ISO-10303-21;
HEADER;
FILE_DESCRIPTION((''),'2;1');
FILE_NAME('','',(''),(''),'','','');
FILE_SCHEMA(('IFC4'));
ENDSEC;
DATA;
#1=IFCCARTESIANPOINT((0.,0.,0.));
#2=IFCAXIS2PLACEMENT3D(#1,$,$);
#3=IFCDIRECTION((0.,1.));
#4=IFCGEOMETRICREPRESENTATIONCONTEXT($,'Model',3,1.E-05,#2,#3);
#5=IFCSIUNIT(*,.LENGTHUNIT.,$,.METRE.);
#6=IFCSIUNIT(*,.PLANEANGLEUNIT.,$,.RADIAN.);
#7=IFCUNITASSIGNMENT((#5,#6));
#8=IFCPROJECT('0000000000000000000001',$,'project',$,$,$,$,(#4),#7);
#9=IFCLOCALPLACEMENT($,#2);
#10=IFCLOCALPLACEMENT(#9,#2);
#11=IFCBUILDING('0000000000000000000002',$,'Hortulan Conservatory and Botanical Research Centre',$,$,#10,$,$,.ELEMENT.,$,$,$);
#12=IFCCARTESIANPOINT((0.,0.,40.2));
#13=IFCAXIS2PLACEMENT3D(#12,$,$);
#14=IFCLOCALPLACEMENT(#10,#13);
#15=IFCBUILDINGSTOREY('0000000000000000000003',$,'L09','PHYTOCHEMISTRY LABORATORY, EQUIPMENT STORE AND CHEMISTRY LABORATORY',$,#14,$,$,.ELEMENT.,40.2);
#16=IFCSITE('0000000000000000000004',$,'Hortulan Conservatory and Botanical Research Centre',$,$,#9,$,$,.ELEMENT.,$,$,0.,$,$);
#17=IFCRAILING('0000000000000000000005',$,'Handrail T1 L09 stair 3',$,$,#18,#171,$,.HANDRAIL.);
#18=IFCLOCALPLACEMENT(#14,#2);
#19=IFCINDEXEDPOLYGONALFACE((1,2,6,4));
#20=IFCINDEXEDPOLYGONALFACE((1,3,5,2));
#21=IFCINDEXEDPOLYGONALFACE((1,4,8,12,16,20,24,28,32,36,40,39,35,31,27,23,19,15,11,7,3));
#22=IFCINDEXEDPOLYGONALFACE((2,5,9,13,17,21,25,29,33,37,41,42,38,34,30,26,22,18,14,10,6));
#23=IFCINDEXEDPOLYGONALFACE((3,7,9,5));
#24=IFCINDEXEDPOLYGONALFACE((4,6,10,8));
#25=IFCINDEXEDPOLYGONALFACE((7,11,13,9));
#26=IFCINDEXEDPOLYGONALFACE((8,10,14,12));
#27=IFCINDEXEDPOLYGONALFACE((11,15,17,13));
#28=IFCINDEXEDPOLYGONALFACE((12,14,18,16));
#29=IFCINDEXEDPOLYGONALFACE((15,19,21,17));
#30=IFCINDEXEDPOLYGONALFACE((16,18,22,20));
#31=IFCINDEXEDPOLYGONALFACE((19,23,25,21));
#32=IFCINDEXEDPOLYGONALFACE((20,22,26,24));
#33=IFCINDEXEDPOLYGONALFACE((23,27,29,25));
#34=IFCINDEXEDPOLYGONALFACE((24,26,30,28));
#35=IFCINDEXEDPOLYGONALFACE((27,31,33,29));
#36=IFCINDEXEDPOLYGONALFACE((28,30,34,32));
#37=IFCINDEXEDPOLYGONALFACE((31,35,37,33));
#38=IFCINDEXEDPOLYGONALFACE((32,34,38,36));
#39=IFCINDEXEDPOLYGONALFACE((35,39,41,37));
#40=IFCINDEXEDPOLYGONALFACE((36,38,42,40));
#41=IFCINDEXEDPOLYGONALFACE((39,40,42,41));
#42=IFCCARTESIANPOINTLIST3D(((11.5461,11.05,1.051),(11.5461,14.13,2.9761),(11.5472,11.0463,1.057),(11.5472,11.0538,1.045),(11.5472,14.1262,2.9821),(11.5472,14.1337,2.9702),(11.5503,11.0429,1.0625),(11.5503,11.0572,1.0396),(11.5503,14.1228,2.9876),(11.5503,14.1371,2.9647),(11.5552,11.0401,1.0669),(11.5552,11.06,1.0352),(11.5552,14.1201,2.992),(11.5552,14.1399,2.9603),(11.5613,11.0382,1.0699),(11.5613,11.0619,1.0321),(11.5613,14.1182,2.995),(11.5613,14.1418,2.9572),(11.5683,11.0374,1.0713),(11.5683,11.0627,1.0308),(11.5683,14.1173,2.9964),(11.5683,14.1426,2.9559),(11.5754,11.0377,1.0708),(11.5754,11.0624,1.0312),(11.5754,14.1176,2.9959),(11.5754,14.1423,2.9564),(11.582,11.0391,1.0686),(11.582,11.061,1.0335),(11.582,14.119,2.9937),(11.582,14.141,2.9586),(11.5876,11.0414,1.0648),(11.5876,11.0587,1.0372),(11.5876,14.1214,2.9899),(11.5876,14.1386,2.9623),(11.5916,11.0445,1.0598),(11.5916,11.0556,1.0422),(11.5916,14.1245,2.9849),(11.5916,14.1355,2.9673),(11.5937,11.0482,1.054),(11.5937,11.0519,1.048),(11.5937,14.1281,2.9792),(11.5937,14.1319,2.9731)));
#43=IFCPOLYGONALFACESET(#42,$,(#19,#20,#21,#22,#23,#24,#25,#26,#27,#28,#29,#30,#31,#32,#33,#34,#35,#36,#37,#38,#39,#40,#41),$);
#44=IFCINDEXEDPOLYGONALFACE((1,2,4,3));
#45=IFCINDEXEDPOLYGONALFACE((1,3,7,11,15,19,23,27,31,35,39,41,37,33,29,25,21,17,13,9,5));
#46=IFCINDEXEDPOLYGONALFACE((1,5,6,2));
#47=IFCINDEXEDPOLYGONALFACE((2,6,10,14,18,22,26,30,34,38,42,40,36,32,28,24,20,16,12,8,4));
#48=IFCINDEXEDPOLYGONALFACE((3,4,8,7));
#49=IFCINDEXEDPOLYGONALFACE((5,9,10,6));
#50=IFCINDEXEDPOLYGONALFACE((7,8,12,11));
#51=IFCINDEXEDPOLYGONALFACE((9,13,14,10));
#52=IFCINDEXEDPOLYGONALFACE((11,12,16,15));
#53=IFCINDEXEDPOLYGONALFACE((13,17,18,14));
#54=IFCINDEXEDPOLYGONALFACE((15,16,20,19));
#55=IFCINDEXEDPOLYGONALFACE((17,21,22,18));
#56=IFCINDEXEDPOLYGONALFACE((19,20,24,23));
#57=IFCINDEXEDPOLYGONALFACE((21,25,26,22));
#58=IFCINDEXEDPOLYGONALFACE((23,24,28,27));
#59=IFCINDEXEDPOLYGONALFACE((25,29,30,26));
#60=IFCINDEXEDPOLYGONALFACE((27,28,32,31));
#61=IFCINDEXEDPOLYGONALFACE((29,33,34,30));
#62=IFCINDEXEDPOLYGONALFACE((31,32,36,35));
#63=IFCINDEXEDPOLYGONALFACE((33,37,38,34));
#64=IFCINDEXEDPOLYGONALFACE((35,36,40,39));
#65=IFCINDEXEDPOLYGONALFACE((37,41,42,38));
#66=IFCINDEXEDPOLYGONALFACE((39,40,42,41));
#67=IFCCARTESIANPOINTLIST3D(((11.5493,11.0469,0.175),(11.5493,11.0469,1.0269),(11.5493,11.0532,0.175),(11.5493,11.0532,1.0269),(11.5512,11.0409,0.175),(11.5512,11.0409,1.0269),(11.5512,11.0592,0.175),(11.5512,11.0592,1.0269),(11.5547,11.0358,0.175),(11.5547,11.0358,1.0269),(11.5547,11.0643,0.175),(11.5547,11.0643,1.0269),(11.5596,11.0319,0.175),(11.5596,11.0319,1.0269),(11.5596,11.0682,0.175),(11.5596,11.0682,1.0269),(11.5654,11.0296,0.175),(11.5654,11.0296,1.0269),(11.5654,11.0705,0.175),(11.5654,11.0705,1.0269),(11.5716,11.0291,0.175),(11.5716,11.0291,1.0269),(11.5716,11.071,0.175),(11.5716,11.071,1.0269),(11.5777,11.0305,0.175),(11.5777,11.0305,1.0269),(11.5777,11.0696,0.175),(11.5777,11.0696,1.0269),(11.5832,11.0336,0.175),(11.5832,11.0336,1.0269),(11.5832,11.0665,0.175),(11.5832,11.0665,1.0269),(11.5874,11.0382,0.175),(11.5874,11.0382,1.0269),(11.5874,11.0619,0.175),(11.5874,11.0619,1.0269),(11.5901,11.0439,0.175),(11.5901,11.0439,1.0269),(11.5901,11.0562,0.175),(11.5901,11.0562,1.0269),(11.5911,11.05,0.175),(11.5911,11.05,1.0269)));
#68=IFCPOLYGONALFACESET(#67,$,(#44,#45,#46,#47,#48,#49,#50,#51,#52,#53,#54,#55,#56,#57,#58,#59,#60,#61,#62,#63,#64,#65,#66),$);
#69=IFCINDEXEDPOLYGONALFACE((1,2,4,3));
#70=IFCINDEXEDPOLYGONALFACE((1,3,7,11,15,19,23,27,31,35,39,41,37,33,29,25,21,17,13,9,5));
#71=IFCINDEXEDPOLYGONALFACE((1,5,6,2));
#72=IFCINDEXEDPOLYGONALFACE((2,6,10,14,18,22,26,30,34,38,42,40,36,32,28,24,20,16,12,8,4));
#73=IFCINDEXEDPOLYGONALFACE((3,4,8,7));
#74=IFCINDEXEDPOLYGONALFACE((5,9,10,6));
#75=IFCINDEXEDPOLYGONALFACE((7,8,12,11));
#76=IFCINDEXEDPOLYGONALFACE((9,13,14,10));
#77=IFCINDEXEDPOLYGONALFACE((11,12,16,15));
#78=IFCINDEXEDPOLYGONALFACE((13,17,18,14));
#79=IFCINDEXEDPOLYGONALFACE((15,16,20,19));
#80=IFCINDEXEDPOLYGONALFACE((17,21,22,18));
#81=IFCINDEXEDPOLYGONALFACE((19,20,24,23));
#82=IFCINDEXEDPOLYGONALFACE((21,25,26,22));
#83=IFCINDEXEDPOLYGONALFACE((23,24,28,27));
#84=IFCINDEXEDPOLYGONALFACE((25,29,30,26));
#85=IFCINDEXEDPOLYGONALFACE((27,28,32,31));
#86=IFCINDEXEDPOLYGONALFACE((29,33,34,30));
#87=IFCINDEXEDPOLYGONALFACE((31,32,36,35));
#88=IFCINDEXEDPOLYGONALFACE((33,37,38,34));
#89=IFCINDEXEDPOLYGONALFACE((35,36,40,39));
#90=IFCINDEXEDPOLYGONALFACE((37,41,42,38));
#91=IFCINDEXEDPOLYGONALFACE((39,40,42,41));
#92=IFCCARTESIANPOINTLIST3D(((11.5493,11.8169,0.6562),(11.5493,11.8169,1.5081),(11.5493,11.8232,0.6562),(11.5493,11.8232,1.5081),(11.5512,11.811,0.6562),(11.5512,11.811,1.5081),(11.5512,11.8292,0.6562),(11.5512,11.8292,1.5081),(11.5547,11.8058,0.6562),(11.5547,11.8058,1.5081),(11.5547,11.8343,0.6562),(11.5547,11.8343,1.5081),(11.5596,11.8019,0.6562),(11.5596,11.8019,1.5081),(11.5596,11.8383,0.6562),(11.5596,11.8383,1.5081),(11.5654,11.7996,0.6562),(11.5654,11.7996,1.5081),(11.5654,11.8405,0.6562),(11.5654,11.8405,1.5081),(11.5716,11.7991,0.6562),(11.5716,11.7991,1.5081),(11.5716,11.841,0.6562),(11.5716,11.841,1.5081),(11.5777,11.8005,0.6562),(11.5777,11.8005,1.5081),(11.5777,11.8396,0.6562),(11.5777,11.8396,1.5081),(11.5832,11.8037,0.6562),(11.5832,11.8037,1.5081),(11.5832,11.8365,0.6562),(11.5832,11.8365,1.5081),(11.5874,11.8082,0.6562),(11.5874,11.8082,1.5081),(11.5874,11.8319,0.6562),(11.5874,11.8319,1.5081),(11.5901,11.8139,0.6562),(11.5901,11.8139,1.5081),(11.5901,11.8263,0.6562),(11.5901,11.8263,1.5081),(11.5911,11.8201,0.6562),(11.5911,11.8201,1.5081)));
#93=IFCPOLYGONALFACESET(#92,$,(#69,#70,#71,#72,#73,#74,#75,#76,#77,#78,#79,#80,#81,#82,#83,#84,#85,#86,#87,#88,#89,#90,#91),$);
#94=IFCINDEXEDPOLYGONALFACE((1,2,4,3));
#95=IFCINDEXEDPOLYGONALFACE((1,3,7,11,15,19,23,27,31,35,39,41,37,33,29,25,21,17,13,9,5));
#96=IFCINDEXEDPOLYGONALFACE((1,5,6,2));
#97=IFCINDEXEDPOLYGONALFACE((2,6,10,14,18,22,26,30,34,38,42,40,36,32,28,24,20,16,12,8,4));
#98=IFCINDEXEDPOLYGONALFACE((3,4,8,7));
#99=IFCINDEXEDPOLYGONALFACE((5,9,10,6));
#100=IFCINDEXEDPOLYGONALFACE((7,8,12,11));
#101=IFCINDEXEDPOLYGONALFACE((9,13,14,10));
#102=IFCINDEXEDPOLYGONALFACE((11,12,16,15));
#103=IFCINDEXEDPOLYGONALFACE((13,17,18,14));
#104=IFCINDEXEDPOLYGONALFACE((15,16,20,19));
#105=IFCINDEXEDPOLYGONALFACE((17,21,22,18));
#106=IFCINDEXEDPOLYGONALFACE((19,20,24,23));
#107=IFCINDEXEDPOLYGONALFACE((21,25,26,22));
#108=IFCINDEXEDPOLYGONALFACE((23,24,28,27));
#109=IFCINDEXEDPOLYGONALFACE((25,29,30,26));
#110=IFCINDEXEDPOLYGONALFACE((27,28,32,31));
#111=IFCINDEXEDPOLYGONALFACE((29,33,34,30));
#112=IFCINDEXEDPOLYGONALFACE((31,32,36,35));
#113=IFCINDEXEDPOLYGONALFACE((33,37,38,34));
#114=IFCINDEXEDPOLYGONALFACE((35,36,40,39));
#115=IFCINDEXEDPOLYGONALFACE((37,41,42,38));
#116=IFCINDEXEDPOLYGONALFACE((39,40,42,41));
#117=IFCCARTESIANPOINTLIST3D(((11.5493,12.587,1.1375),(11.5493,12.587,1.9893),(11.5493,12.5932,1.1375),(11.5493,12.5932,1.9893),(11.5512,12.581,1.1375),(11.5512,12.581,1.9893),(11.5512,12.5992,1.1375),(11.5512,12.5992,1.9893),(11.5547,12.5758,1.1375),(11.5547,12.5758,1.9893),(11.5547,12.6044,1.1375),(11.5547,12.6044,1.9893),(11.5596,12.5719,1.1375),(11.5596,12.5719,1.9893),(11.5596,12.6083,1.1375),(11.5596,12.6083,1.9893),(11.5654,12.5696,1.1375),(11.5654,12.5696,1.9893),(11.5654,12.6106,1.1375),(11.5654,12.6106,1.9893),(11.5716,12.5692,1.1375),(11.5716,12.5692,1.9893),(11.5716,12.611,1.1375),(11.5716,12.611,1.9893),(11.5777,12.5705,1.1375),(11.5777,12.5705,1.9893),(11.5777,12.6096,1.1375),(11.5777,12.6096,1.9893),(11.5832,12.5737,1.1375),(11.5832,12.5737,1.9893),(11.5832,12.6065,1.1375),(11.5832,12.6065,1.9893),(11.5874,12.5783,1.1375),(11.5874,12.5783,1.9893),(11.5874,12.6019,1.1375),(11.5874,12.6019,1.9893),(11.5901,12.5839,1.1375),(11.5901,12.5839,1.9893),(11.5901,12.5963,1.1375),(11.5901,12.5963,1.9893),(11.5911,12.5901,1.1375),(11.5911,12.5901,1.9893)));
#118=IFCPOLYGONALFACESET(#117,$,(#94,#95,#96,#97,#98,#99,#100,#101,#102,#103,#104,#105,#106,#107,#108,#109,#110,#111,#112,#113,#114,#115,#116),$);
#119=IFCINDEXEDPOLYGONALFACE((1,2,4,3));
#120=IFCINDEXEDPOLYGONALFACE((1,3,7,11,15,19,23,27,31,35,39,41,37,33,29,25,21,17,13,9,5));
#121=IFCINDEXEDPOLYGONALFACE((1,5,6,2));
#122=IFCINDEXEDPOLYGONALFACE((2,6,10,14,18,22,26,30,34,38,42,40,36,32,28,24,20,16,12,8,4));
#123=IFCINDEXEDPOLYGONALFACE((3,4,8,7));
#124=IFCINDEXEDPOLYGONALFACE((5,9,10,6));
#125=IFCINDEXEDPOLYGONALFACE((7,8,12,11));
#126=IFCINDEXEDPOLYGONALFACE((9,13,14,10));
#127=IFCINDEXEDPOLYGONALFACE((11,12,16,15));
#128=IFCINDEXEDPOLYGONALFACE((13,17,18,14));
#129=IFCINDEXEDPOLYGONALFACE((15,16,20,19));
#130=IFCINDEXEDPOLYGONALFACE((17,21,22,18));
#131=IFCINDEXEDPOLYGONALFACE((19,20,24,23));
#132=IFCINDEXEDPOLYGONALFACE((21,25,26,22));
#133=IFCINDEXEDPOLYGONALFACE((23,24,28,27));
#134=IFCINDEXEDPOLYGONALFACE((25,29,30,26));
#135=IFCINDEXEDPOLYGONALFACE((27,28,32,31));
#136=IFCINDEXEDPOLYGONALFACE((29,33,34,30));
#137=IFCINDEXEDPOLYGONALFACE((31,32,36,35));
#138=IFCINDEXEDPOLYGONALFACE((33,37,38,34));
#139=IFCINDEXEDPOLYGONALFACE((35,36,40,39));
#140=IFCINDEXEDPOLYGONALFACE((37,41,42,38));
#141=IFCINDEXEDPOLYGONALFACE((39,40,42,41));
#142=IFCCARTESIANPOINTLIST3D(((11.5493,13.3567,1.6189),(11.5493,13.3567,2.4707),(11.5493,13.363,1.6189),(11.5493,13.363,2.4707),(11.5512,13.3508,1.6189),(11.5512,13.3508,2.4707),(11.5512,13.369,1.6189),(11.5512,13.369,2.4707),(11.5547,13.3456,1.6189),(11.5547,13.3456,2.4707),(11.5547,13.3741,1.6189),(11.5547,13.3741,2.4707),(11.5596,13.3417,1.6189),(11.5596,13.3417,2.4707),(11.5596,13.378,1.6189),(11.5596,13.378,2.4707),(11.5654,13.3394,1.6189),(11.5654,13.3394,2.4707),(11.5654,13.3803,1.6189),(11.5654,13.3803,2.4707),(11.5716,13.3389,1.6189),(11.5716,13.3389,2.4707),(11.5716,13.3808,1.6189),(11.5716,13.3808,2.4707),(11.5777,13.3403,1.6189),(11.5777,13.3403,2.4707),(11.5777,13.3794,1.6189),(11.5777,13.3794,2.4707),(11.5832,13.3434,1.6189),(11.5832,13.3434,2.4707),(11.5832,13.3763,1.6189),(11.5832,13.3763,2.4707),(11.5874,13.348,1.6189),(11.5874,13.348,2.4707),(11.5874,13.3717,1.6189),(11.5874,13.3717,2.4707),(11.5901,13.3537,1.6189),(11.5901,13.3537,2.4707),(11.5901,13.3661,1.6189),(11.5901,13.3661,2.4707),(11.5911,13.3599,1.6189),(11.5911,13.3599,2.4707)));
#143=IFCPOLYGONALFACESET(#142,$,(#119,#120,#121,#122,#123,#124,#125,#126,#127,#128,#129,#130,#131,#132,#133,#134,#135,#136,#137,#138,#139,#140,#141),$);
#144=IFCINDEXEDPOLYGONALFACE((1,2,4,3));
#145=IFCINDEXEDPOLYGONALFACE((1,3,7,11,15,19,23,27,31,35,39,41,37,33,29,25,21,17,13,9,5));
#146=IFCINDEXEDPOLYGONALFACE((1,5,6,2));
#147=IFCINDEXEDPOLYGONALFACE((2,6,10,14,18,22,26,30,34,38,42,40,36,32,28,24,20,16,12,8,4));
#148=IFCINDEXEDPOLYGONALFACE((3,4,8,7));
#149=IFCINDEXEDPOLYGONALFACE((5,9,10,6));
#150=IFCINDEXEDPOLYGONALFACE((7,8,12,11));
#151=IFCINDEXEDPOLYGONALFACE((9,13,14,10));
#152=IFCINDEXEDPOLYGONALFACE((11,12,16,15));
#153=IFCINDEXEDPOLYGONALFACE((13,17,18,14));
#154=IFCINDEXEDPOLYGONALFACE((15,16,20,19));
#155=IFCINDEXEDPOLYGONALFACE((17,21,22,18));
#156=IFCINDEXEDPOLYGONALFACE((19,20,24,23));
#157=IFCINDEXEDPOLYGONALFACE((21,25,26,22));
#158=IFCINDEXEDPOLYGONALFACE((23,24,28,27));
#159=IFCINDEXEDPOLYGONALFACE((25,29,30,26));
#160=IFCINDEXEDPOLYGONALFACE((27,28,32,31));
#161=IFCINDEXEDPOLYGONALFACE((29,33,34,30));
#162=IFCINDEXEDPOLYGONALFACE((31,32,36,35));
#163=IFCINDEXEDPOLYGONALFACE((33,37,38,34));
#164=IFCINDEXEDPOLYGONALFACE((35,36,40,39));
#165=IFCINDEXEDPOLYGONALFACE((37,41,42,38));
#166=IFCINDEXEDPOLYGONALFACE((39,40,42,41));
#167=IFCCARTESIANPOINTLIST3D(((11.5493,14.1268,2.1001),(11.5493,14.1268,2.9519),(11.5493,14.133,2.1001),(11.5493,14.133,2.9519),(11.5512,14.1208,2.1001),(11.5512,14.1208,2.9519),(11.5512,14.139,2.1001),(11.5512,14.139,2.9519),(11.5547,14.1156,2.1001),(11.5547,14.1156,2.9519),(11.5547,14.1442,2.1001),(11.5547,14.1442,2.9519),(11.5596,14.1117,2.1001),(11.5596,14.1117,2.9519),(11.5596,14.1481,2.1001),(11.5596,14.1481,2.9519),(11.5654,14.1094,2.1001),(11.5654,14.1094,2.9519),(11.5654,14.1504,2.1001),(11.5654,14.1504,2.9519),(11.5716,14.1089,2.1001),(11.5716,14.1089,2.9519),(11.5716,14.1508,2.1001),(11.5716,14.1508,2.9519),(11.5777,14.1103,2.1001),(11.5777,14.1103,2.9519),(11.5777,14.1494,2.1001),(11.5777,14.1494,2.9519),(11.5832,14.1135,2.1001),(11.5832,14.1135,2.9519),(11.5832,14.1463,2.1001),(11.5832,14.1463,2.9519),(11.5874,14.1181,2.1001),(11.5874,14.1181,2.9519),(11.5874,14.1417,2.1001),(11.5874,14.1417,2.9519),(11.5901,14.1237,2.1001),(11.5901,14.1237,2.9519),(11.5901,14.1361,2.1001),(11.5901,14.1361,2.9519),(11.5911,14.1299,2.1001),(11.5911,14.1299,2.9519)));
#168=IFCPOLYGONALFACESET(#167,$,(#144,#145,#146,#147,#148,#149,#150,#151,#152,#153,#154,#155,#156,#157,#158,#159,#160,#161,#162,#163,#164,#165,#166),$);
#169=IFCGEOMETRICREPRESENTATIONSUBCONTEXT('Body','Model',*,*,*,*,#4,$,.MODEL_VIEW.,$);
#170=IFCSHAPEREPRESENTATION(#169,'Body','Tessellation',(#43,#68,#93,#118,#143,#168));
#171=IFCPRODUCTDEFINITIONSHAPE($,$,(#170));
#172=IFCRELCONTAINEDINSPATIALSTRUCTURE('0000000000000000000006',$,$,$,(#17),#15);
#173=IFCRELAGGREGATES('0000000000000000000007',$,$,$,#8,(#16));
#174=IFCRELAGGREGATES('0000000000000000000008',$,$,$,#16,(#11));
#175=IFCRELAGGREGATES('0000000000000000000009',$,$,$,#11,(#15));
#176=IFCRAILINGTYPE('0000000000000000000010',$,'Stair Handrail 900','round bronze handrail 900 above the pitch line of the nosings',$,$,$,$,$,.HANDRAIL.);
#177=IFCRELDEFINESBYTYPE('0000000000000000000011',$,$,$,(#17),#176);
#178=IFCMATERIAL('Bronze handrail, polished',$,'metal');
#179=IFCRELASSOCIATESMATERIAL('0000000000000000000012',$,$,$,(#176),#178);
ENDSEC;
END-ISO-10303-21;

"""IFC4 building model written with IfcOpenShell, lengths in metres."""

from ifc_helpers import new_model, si_unit, direction, frame, origin, origin_2d, place, context, subcontext, project, spatial, circle, extrude, material, type_object, element, save


model = new_model("IFC4")

# Units and contexts
model_context = context("Model", 3, precision=1e-05, world=origin(), true_north=direction((0.0, 1.0)))
body_context = subcontext(model_context, "Body", "Model", "MODEL_VIEW")
ifc_project = project(units=[si_unit("LENGTHUNIT", "METRE"), si_unit("PLANEANGLEUNIT", "RADIAN")], contexts=[model_context])

# Site, building, storey
site_placement = place(None, origin())
site = spatial("IfcSite", under=ifc_project, at=site_placement, Name="Hortulan Conservatory and Botanical Research Centre", CompositionType="ELEMENT", RefElevation=0.0)
building_placement = place(site_placement, origin())
building = spatial("IfcBuilding", under=site, at=building_placement, Name="Hortulan Conservatory and Botanical Research Centre", CompositionType="ELEMENT")
storey_placement = place(building_placement, frame((0.0, 0.0, 40.2)))
storey = spatial("IfcBuildingStorey", under=building, at=storey_placement, Name="L09", Description="PHYTOCHEMISTRY LABORATORY, EQUIPMENT STORE AND CHEMISTRY LABORATORY", CompositionType="ELEMENT", Elevation=40.2)

# Railing
ifc_material_1 = material(Name="Bronze handrail, polished", Category="metal")
railing_type_1 = type_object("IfcRailingType", Name="Stair Handrail 900", Description="round bronze handrail 900 above the pitch line of the nosings", PredefinedType="HANDRAIL", material=ifc_material_1)
railing_1_placement = place(storey_placement, frame((11.5701, 11.05, 0.175)))
element("IfcRailing", 1, at=railing_1_placement, inside=storey, type_object=railing_type_1, Name="Handrail T1 L09 stair 3", PredefinedType="HANDRAIL", context=body_context, shape_type="SweptSolid", body=[
    extrude(circle(Radius=0.0239, at=origin_2d()), frame((0.0, 0.0, 0.876), z_axis=(0.0, 0.847979, 0.530029), x_axis=(-1.0, 0.0, 0.0)), (0.0, 0.0, 1.0), 3.6321),
    extrude(circle(Radius=0.021, at=origin_2d()), origin(), (0.0, 0.0, 1.0), 0.8518),
    extrude(circle(Radius=0.021, at=origin_2d()), frame((0.0, 0.77, 0.4812)), (0.0, 0.0, 1.0), 0.8518),
    extrude(circle(Radius=0.021, at=origin_2d()), frame((0.0, 1.54, 0.9624)), (0.0, 0.0, 1.0), 0.8518),
    extrude(circle(Radius=0.021, at=origin_2d()), frame((0.0, 2.3098, 1.4438)), (0.0, 0.0, 1.0), 0.8518),
    extrude(circle(Radius=0.021, at=origin_2d()), frame((0.0, 3.0798, 1.925)), (0.0, 0.0, 1.0), 0.8518),
])

save(model, "model.ifc")
